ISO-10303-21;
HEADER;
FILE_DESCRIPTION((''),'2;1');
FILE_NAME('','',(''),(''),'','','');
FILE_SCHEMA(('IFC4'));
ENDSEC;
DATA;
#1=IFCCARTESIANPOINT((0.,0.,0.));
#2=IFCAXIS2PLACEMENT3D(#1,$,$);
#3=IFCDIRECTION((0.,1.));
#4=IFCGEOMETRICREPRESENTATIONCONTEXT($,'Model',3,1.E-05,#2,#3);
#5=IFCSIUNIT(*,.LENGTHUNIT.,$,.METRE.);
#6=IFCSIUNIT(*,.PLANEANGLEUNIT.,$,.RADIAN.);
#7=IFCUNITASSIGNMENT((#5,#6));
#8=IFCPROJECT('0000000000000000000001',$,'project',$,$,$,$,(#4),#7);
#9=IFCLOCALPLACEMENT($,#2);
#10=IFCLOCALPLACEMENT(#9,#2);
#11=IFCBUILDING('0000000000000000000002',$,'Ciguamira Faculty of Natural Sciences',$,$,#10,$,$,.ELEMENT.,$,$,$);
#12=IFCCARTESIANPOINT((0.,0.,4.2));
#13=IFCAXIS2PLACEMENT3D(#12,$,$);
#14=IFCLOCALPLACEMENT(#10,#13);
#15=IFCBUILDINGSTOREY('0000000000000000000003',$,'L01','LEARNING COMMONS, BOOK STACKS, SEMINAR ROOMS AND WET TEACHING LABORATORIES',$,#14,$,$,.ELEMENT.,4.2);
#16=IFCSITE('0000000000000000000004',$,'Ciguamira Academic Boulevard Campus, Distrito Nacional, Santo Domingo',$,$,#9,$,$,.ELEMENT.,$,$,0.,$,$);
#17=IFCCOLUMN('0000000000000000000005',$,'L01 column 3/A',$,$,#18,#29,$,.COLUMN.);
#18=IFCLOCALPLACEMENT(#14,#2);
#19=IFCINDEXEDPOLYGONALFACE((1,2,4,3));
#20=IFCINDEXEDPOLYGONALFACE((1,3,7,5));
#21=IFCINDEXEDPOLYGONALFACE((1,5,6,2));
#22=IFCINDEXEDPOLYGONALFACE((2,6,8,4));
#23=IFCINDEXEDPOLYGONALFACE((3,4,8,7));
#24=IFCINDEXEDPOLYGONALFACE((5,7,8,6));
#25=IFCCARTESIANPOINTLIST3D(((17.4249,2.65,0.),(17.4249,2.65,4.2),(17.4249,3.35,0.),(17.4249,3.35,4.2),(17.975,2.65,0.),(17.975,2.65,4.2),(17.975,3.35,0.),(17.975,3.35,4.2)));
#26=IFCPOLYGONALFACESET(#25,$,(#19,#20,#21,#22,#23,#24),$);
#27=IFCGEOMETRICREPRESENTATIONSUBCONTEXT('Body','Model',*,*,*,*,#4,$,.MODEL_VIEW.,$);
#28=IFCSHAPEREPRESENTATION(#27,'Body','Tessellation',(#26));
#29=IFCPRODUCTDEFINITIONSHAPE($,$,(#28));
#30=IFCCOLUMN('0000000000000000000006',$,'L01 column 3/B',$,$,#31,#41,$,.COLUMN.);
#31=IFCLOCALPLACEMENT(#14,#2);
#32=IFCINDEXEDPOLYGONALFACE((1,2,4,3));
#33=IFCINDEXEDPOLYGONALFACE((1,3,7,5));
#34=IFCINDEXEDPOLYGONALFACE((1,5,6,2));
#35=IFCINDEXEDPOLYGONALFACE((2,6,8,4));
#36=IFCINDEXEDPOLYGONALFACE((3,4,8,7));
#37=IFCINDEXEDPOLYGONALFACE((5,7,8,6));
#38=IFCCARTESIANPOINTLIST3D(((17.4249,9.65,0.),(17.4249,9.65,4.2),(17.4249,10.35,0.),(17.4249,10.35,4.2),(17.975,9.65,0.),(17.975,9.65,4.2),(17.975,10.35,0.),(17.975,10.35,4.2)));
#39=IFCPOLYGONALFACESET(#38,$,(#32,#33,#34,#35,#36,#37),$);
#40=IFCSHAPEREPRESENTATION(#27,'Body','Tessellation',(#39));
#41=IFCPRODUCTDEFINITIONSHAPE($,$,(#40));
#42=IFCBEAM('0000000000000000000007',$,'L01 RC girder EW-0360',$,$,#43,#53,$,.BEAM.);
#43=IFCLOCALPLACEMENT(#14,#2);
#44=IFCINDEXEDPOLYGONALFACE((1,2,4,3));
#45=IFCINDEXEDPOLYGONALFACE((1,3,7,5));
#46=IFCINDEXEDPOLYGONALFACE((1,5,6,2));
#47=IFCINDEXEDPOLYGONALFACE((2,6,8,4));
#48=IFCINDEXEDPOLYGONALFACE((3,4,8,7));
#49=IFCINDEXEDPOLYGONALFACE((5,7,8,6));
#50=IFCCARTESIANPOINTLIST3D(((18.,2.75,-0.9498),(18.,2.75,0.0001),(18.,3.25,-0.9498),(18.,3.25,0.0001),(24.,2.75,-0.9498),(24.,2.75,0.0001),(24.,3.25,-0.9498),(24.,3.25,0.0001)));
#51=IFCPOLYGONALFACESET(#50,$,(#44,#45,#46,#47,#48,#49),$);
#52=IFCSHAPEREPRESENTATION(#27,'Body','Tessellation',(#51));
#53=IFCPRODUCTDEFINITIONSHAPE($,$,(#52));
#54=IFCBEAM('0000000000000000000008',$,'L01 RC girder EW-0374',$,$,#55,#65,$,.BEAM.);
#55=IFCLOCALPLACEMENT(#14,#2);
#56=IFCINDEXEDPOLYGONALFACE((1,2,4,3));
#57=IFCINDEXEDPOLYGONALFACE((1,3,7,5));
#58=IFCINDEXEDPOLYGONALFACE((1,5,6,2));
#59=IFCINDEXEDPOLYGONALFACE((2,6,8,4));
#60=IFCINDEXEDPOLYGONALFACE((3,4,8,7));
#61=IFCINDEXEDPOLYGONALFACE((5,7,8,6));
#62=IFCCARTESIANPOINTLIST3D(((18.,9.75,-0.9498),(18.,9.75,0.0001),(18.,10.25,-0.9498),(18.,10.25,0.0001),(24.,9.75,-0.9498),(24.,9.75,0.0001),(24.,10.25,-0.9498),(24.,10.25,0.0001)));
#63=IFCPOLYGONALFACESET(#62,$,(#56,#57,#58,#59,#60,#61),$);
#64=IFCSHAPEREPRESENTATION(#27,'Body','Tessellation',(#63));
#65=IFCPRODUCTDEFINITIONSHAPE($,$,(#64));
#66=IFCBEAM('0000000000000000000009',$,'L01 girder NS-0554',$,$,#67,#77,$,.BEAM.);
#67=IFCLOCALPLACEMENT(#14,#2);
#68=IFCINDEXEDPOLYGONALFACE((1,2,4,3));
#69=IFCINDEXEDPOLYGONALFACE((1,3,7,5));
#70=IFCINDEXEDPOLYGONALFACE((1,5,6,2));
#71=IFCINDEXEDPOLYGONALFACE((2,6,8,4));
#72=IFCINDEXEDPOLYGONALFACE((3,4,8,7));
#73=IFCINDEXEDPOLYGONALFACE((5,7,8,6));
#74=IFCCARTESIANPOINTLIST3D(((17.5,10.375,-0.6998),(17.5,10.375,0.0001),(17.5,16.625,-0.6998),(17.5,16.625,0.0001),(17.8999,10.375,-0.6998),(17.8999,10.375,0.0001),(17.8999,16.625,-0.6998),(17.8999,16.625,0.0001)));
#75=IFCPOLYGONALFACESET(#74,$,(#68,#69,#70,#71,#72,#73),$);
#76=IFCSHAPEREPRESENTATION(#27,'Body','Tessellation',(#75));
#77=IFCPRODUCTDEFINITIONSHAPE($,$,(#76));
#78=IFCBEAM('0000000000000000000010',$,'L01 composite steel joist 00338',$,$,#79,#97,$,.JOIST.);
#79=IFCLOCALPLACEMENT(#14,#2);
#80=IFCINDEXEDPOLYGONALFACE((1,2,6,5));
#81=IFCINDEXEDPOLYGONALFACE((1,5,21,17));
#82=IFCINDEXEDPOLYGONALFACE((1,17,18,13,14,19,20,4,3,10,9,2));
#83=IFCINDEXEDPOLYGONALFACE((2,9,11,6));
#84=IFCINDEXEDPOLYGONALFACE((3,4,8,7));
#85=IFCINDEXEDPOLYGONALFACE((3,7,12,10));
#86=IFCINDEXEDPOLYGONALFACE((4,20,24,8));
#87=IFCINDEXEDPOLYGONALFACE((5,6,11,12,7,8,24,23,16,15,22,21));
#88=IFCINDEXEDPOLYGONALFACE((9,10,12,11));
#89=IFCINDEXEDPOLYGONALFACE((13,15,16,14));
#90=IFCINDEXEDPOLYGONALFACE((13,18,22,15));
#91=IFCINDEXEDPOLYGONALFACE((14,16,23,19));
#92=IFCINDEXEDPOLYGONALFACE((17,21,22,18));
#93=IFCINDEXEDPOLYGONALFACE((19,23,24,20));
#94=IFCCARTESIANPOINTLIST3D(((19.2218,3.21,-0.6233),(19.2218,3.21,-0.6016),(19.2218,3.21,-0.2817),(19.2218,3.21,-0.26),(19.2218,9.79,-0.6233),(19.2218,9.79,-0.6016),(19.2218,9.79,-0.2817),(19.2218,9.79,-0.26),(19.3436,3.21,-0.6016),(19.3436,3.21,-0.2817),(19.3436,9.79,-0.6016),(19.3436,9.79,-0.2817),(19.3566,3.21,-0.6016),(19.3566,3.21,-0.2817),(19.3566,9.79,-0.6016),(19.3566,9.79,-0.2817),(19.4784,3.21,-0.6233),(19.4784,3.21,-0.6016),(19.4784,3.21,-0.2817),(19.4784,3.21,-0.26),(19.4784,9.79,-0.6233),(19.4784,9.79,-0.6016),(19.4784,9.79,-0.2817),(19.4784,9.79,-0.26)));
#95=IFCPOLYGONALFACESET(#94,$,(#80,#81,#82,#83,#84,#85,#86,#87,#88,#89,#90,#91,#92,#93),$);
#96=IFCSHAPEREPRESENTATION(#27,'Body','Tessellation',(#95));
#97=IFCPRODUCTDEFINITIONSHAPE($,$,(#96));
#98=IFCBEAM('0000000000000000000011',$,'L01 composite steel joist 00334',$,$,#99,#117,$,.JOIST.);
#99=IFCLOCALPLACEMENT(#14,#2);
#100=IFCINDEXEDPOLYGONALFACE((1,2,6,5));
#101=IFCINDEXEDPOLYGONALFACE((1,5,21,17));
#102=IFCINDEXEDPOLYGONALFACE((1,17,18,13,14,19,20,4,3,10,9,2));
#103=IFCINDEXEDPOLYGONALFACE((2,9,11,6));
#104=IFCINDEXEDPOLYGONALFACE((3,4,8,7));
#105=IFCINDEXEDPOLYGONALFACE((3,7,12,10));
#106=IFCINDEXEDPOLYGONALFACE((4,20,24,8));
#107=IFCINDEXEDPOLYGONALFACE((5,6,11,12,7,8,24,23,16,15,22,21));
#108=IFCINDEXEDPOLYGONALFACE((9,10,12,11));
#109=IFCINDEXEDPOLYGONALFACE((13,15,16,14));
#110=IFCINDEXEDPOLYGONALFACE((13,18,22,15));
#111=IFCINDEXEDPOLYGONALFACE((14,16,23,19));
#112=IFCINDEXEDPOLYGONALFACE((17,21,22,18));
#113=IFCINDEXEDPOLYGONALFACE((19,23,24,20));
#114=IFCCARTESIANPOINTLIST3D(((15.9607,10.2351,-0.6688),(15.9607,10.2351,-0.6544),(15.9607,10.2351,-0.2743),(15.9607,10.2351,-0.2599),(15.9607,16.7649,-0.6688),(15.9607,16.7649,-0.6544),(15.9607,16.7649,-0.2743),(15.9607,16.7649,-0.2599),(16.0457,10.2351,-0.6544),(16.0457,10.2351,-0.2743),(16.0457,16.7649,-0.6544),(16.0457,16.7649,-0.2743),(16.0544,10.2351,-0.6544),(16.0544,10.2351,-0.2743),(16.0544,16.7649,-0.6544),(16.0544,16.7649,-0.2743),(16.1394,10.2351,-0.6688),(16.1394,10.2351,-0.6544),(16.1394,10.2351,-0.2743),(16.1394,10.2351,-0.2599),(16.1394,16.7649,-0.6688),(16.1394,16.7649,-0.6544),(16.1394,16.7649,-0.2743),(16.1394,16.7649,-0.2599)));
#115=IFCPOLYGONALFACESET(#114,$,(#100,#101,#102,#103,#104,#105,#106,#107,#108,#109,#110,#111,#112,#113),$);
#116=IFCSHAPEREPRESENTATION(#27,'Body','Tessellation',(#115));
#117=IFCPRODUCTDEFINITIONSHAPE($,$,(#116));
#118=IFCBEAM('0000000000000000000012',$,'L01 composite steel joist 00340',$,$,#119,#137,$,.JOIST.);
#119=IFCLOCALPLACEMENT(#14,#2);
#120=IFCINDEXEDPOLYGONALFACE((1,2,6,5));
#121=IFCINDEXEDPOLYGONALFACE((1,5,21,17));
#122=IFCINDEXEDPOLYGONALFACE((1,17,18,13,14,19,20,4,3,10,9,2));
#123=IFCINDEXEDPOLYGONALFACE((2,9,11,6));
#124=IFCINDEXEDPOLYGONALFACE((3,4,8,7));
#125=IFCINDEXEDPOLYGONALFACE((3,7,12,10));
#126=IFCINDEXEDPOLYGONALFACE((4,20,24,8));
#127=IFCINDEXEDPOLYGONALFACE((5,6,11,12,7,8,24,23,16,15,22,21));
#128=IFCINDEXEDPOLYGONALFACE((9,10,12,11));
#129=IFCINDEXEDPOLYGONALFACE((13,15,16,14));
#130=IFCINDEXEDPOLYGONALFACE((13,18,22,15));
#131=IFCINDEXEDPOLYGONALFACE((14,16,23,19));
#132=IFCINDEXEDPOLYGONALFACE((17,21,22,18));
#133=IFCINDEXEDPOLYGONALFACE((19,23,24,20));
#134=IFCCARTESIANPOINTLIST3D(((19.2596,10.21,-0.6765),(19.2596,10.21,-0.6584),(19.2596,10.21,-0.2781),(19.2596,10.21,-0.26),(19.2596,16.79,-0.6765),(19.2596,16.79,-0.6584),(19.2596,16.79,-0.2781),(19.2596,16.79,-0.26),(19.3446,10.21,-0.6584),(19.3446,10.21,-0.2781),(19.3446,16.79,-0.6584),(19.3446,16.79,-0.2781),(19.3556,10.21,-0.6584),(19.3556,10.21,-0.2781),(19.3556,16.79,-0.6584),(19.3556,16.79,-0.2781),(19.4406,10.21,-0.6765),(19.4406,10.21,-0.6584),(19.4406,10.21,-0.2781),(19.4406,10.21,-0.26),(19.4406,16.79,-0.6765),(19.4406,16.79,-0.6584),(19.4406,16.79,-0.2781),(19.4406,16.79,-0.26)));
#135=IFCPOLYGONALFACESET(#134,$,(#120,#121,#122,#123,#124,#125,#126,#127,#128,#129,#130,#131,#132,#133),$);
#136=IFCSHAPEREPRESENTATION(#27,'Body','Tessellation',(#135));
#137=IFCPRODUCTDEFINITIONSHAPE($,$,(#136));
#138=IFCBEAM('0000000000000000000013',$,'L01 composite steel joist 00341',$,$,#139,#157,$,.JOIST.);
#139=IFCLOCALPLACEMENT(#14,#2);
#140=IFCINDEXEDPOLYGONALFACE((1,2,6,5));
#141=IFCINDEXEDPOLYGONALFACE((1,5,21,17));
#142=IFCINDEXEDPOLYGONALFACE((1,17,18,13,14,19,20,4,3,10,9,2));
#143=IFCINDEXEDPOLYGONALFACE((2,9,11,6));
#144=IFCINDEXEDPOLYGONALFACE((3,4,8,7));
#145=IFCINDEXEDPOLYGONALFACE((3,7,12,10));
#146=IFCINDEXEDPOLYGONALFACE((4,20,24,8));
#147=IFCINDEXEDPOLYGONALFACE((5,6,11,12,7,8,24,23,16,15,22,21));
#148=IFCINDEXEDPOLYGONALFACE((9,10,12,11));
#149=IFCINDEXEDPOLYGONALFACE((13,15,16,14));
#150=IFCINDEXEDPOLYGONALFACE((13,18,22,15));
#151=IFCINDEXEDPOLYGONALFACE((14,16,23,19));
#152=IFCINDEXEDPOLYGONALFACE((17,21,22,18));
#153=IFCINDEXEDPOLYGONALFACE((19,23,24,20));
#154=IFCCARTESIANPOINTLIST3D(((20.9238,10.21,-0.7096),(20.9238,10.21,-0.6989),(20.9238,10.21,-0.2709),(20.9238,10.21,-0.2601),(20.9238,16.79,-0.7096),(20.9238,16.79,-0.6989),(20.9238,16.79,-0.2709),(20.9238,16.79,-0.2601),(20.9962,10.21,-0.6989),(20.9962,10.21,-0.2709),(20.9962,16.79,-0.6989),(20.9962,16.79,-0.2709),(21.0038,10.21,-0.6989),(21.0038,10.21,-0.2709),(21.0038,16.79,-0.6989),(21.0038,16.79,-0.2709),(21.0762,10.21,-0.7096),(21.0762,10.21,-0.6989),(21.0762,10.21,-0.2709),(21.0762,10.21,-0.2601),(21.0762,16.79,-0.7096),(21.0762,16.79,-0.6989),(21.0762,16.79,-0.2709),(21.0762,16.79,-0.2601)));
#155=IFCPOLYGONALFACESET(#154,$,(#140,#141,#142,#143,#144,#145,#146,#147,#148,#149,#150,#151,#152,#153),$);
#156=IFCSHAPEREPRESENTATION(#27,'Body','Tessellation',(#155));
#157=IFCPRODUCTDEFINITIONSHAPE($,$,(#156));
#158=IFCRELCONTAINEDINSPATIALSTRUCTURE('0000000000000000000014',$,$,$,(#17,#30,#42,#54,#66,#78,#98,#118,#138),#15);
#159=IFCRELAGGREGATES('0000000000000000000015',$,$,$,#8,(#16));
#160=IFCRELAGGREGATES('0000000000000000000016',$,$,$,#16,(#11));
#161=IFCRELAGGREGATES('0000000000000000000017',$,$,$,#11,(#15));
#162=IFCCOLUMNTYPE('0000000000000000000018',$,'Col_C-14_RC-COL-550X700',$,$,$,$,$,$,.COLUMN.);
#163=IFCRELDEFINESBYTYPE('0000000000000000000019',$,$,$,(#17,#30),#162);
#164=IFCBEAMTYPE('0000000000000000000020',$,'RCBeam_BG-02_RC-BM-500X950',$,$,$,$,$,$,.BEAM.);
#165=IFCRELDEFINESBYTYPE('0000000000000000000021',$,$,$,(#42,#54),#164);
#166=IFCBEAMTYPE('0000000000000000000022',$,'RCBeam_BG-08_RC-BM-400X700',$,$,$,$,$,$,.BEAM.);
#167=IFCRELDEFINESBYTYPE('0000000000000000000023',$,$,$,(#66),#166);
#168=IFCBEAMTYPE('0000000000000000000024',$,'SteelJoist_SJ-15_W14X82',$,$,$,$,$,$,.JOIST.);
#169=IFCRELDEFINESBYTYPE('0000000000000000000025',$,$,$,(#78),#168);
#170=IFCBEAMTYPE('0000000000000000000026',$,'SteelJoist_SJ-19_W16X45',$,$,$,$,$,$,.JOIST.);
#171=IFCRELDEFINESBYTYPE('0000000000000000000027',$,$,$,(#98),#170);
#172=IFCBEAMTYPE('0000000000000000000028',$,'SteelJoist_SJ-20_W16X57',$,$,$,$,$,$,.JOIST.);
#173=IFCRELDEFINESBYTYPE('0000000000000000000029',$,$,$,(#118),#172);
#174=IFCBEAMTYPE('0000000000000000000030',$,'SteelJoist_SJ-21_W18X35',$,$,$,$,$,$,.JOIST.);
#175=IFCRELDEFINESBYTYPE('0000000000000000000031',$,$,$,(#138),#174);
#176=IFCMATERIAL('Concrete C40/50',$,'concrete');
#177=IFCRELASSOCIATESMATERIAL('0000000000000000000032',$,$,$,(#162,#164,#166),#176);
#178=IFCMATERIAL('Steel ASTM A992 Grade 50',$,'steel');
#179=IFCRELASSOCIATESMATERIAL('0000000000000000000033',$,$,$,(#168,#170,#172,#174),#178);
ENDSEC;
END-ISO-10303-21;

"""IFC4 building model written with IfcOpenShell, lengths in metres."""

from ifc_helpers import new_model, si_unit, direction, frame, origin, origin_2d, place, context, subcontext, project, spatial, rectangle, i_section, extrude, material, material_profile, profile_set, type_object, element, save


model = new_model("IFC4")

# Units and contexts
model_context = context("Model", 3, precision=1e-05, world=origin(), true_north=direction((0.0, 1.0)))
body_context = subcontext(model_context, "Body", "Model", "MODEL_VIEW")
ifc_project = project(units=[si_unit("LENGTHUNIT", "METRE"), si_unit("PLANEANGLEUNIT", "RADIAN")], contexts=[model_context])

# Site, building, storey
site_placement = place(None, origin())
site = spatial("IfcSite", under=ifc_project, at=site_placement, Name="Ciguamira Academic Boulevard Campus, Distrito Nacional, Santo Domingo", CompositionType="ELEMENT", RefElevation=0.0)
building_placement = place(site_placement, origin())
building = spatial("IfcBuilding", under=site, at=building_placement, Name="Ciguamira Faculty of Natural Sciences", CompositionType="ELEMENT")
storey_placement = place(building_placement, frame((0.0, 0.0, 4.2)))
storey = spatial("IfcBuildingStorey", under=building, at=storey_placement, Name="L01", Description="LEARNING COMMONS, BOOK STACKS, SEMINAR ROOMS AND WET TEACHING LABORATORIES", CompositionType="ELEMENT", Elevation=4.2)

# Columns
ifc_material_1 = material(Name="Concrete C40/50", Category="concrete")
ifc_material_profile_1 = material_profile(ifc_material_1, rectangle(XDim=0.55, YDim=0.7, at=origin_2d()), Name="RC-COL-550X700")
ifc_profile_set_1 = profile_set([ifc_material_profile_1], Name="Concrete C40/50")
column_type = type_object("IfcColumnType", Name="Col_C-14_RC-COL-550X700", PredefinedType="COLUMN", material=ifc_profile_set_1)
for number, where, z_axis, x_axis, name in (
    (1, (17.7, 3.0, 0.0), (0.0, 0.0, 1.0), (1.0, 0.0, 0.0), "L01 column 3/A"),
    (2, (17.7, 10.0, 0.0), (0.0, 0.0, 1.0), (1.0, 0.0, 0.0), "L01 column 3/B"),
):
    element("IfcColumn", number, at=place(storey_placement, frame(where, z_axis=z_axis, x_axis=x_axis)), inside=storey, type_object=column_type, Name=name, PredefinedType="COLUMN", context=body_context, shape_type="SweptSolid", body=[
        extrude(rectangle(XDim=0.55, YDim=0.7, at=origin_2d()), origin(), (0.0, 0.0, 1.0), 4.2),
    ])

# Beams
ifc_material_profile_2 = material_profile(ifc_material_1, rectangle(XDim=0.5, YDim=0.95, at=origin_2d()), Name="RC-BM-500X950")
ifc_profile_set_2 = profile_set([ifc_material_profile_2], Name="Concrete C40/50")
beam_type_1 = type_object("IfcBeamType", Name="RCBeam_BG-02_RC-BM-500X950", PredefinedType="BEAM", material=ifc_profile_set_2)
for number, where, z_axis, x_axis, name in (
    (3, (18.0, 3.0, -0.4749), (1.0, 0.0, 0.0), (0.0, 1.0, 0.0), "L01 RC girder EW-0360"),
    (4, (18.0, 10.0, -0.4749), (1.0, 0.0, 0.0), (0.0, 1.0, 0.0), "L01 RC girder EW-0374"),
):
    element("IfcBeam", number, at=place(storey_placement, frame(where, z_axis=z_axis, x_axis=x_axis)), inside=storey, type_object=beam_type_1, Name=name, PredefinedType="BEAM", context=body_context, shape_type="SweptSolid", body=[
        extrude(rectangle(XDim=0.5, YDim=0.95, at=origin_2d()), origin(), (0.0, 0.0, 1.0), 6.0),
    ])
ifc_material_profile_3 = material_profile(ifc_material_1, rectangle(XDim=0.3999, YDim=0.7, at=origin_2d()), Name="RC-BM-400X700")
ifc_profile_set_3 = profile_set([ifc_material_profile_3], Name="Concrete C40/50")
beam_type_2 = type_object("IfcBeamType", Name="RCBeam_BG-08_RC-BM-400X700", PredefinedType="BEAM", material=ifc_profile_set_3)
beam_1_placement = place(storey_placement, frame((17.7, 10.375, -0.3499), z_axis=(0.0, 1.0, 0.0), x_axis=(-1.0, 0.0, 0.0)))
element("IfcBeam", 5, at=beam_1_placement, inside=storey, type_object=beam_type_2, Name="L01 girder NS-0554", PredefinedType="BEAM", context=body_context, shape_type="SweptSolid", body=[
    extrude(rectangle(XDim=0.3999, YDim=0.7, at=origin_2d()), origin(), (0.0, 0.0, 1.0), 6.25),
])
ifc_material_2 = material(Name="Steel ASTM A992 Grade 50", Category="steel")
ifc_material_profile_4 = material_profile(ifc_material_2, i_section(OverallWidth=0.2566, OverallDepth=0.3633, WebThickness=0.0129, FlangeThickness=0.0217, at=origin_2d()), Name="W14X82")
ifc_profile_set_4 = profile_set([ifc_material_profile_4], Name="Steel ASTM A992 Grade 50")
beam_type_3 = type_object("IfcBeamType", Name="SteelJoist_SJ-15_W14X82", PredefinedType="JOIST", material=ifc_profile_set_4)
beam_2_placement = place(storey_placement, frame((19.3501, 3.21, -0.4417), z_axis=(0.0, 1.0, 0.0), x_axis=(-1.0, 0.0, 0.0)))
element("IfcBeam", 6, at=beam_2_placement, inside=storey, type_object=beam_type_3, Name="L01 composite steel joist 00338", PredefinedType="JOIST", context=body_context, shape_type="SweptSolid", body=[
    extrude(i_section(OverallWidth=0.2566, OverallDepth=0.3633, WebThickness=0.0129, FlangeThickness=0.0217, at=origin_2d()), origin(), (0.0, 0.0, 1.0), 6.5801),
])
ifc_material_profile_5 = material_profile(ifc_material_2, i_section(OverallWidth=0.1787, OverallDepth=0.4089, WebThickness=0.0088, FlangeThickness=0.0144, at=origin_2d()), Name="W16X45")
ifc_profile_set_5 = profile_set([ifc_material_profile_5], Name="Steel ASTM A992 Grade 50")
beam_type_4 = type_object("IfcBeamType", Name="SteelJoist_SJ-19_W16X45", PredefinedType="JOIST", material=ifc_profile_set_5)
beam_3_placement = place(storey_placement, frame((16.05, 10.2351, -0.4644), z_axis=(0.0, 1.0, 0.0), x_axis=(-1.0, 0.0, 0.0)))
element("IfcBeam", 7, at=beam_3_placement, inside=storey, type_object=beam_type_4, Name="L01 composite steel joist 00334", PredefinedType="JOIST", context=body_context, shape_type="SweptSolid", body=[
    extrude(i_section(OverallWidth=0.1787, OverallDepth=0.4089, WebThickness=0.0088, FlangeThickness=0.0144, at=origin_2d()), origin(), (0.0, 0.0, 1.0), 6.5298),
])
ifc_material_profile_6 = material_profile(ifc_material_2, i_section(OverallWidth=0.1809, OverallDepth=0.4165, WebThickness=0.011, FlangeThickness=0.0181, at=origin_2d()), Name="W16X57")
ifc_profile_set_6 = profile_set([ifc_material_profile_6], Name="Steel ASTM A992 Grade 50")
beam_type_5 = type_object("IfcBeamType", Name="SteelJoist_SJ-20_W16X57", PredefinedType="JOIST", material=ifc_profile_set_6)
beam_4_placement = place(storey_placement, frame((19.3501, 10.21, -0.4683), z_axis=(0.0, 1.0, 0.0), x_axis=(-1.0, 0.0, 0.0)))
element("IfcBeam", 8, at=beam_4_placement, inside=storey, type_object=beam_type_5, Name="L01 composite steel joist 00340", PredefinedType="JOIST", context=body_context, shape_type="SweptSolid", body=[
    extrude(i_section(OverallWidth=0.1809, OverallDepth=0.4165, WebThickness=0.011, FlangeThickness=0.0181, at=origin_2d()), origin(), (0.0, 0.0, 1.0), 6.5801),
])
ifc_material_profile_7 = material_profile(ifc_material_2, i_section(OverallWidth=0.1523, OverallDepth=0.4495, WebThickness=0.0076, FlangeThickness=0.0107, at=origin_2d()), Name="W18X35")
ifc_profile_set_7 = profile_set([ifc_material_profile_7], Name="Steel ASTM A992 Grade 50")
beam_type_6 = type_object("IfcBeamType", Name="SteelJoist_SJ-21_W18X35", PredefinedType="JOIST", material=ifc_profile_set_7)
beam_5_placement = place(storey_placement, frame((21.0, 10.21, -0.4849), z_axis=(0.0, 1.0, 0.0), x_axis=(-1.0, 0.0, 0.0)))
element("IfcBeam", 9, at=beam_5_placement, inside=storey, type_object=beam_type_6, Name="L01 composite steel joist 00341", PredefinedType="JOIST", context=body_context, shape_type="SweptSolid", body=[
    extrude(i_section(OverallWidth=0.1523, OverallDepth=0.4495, WebThickness=0.0076, FlangeThickness=0.0107, at=origin_2d()), origin(), (0.0, 0.0, 1.0), 6.5801),
])

save(model, "model.ifc")
